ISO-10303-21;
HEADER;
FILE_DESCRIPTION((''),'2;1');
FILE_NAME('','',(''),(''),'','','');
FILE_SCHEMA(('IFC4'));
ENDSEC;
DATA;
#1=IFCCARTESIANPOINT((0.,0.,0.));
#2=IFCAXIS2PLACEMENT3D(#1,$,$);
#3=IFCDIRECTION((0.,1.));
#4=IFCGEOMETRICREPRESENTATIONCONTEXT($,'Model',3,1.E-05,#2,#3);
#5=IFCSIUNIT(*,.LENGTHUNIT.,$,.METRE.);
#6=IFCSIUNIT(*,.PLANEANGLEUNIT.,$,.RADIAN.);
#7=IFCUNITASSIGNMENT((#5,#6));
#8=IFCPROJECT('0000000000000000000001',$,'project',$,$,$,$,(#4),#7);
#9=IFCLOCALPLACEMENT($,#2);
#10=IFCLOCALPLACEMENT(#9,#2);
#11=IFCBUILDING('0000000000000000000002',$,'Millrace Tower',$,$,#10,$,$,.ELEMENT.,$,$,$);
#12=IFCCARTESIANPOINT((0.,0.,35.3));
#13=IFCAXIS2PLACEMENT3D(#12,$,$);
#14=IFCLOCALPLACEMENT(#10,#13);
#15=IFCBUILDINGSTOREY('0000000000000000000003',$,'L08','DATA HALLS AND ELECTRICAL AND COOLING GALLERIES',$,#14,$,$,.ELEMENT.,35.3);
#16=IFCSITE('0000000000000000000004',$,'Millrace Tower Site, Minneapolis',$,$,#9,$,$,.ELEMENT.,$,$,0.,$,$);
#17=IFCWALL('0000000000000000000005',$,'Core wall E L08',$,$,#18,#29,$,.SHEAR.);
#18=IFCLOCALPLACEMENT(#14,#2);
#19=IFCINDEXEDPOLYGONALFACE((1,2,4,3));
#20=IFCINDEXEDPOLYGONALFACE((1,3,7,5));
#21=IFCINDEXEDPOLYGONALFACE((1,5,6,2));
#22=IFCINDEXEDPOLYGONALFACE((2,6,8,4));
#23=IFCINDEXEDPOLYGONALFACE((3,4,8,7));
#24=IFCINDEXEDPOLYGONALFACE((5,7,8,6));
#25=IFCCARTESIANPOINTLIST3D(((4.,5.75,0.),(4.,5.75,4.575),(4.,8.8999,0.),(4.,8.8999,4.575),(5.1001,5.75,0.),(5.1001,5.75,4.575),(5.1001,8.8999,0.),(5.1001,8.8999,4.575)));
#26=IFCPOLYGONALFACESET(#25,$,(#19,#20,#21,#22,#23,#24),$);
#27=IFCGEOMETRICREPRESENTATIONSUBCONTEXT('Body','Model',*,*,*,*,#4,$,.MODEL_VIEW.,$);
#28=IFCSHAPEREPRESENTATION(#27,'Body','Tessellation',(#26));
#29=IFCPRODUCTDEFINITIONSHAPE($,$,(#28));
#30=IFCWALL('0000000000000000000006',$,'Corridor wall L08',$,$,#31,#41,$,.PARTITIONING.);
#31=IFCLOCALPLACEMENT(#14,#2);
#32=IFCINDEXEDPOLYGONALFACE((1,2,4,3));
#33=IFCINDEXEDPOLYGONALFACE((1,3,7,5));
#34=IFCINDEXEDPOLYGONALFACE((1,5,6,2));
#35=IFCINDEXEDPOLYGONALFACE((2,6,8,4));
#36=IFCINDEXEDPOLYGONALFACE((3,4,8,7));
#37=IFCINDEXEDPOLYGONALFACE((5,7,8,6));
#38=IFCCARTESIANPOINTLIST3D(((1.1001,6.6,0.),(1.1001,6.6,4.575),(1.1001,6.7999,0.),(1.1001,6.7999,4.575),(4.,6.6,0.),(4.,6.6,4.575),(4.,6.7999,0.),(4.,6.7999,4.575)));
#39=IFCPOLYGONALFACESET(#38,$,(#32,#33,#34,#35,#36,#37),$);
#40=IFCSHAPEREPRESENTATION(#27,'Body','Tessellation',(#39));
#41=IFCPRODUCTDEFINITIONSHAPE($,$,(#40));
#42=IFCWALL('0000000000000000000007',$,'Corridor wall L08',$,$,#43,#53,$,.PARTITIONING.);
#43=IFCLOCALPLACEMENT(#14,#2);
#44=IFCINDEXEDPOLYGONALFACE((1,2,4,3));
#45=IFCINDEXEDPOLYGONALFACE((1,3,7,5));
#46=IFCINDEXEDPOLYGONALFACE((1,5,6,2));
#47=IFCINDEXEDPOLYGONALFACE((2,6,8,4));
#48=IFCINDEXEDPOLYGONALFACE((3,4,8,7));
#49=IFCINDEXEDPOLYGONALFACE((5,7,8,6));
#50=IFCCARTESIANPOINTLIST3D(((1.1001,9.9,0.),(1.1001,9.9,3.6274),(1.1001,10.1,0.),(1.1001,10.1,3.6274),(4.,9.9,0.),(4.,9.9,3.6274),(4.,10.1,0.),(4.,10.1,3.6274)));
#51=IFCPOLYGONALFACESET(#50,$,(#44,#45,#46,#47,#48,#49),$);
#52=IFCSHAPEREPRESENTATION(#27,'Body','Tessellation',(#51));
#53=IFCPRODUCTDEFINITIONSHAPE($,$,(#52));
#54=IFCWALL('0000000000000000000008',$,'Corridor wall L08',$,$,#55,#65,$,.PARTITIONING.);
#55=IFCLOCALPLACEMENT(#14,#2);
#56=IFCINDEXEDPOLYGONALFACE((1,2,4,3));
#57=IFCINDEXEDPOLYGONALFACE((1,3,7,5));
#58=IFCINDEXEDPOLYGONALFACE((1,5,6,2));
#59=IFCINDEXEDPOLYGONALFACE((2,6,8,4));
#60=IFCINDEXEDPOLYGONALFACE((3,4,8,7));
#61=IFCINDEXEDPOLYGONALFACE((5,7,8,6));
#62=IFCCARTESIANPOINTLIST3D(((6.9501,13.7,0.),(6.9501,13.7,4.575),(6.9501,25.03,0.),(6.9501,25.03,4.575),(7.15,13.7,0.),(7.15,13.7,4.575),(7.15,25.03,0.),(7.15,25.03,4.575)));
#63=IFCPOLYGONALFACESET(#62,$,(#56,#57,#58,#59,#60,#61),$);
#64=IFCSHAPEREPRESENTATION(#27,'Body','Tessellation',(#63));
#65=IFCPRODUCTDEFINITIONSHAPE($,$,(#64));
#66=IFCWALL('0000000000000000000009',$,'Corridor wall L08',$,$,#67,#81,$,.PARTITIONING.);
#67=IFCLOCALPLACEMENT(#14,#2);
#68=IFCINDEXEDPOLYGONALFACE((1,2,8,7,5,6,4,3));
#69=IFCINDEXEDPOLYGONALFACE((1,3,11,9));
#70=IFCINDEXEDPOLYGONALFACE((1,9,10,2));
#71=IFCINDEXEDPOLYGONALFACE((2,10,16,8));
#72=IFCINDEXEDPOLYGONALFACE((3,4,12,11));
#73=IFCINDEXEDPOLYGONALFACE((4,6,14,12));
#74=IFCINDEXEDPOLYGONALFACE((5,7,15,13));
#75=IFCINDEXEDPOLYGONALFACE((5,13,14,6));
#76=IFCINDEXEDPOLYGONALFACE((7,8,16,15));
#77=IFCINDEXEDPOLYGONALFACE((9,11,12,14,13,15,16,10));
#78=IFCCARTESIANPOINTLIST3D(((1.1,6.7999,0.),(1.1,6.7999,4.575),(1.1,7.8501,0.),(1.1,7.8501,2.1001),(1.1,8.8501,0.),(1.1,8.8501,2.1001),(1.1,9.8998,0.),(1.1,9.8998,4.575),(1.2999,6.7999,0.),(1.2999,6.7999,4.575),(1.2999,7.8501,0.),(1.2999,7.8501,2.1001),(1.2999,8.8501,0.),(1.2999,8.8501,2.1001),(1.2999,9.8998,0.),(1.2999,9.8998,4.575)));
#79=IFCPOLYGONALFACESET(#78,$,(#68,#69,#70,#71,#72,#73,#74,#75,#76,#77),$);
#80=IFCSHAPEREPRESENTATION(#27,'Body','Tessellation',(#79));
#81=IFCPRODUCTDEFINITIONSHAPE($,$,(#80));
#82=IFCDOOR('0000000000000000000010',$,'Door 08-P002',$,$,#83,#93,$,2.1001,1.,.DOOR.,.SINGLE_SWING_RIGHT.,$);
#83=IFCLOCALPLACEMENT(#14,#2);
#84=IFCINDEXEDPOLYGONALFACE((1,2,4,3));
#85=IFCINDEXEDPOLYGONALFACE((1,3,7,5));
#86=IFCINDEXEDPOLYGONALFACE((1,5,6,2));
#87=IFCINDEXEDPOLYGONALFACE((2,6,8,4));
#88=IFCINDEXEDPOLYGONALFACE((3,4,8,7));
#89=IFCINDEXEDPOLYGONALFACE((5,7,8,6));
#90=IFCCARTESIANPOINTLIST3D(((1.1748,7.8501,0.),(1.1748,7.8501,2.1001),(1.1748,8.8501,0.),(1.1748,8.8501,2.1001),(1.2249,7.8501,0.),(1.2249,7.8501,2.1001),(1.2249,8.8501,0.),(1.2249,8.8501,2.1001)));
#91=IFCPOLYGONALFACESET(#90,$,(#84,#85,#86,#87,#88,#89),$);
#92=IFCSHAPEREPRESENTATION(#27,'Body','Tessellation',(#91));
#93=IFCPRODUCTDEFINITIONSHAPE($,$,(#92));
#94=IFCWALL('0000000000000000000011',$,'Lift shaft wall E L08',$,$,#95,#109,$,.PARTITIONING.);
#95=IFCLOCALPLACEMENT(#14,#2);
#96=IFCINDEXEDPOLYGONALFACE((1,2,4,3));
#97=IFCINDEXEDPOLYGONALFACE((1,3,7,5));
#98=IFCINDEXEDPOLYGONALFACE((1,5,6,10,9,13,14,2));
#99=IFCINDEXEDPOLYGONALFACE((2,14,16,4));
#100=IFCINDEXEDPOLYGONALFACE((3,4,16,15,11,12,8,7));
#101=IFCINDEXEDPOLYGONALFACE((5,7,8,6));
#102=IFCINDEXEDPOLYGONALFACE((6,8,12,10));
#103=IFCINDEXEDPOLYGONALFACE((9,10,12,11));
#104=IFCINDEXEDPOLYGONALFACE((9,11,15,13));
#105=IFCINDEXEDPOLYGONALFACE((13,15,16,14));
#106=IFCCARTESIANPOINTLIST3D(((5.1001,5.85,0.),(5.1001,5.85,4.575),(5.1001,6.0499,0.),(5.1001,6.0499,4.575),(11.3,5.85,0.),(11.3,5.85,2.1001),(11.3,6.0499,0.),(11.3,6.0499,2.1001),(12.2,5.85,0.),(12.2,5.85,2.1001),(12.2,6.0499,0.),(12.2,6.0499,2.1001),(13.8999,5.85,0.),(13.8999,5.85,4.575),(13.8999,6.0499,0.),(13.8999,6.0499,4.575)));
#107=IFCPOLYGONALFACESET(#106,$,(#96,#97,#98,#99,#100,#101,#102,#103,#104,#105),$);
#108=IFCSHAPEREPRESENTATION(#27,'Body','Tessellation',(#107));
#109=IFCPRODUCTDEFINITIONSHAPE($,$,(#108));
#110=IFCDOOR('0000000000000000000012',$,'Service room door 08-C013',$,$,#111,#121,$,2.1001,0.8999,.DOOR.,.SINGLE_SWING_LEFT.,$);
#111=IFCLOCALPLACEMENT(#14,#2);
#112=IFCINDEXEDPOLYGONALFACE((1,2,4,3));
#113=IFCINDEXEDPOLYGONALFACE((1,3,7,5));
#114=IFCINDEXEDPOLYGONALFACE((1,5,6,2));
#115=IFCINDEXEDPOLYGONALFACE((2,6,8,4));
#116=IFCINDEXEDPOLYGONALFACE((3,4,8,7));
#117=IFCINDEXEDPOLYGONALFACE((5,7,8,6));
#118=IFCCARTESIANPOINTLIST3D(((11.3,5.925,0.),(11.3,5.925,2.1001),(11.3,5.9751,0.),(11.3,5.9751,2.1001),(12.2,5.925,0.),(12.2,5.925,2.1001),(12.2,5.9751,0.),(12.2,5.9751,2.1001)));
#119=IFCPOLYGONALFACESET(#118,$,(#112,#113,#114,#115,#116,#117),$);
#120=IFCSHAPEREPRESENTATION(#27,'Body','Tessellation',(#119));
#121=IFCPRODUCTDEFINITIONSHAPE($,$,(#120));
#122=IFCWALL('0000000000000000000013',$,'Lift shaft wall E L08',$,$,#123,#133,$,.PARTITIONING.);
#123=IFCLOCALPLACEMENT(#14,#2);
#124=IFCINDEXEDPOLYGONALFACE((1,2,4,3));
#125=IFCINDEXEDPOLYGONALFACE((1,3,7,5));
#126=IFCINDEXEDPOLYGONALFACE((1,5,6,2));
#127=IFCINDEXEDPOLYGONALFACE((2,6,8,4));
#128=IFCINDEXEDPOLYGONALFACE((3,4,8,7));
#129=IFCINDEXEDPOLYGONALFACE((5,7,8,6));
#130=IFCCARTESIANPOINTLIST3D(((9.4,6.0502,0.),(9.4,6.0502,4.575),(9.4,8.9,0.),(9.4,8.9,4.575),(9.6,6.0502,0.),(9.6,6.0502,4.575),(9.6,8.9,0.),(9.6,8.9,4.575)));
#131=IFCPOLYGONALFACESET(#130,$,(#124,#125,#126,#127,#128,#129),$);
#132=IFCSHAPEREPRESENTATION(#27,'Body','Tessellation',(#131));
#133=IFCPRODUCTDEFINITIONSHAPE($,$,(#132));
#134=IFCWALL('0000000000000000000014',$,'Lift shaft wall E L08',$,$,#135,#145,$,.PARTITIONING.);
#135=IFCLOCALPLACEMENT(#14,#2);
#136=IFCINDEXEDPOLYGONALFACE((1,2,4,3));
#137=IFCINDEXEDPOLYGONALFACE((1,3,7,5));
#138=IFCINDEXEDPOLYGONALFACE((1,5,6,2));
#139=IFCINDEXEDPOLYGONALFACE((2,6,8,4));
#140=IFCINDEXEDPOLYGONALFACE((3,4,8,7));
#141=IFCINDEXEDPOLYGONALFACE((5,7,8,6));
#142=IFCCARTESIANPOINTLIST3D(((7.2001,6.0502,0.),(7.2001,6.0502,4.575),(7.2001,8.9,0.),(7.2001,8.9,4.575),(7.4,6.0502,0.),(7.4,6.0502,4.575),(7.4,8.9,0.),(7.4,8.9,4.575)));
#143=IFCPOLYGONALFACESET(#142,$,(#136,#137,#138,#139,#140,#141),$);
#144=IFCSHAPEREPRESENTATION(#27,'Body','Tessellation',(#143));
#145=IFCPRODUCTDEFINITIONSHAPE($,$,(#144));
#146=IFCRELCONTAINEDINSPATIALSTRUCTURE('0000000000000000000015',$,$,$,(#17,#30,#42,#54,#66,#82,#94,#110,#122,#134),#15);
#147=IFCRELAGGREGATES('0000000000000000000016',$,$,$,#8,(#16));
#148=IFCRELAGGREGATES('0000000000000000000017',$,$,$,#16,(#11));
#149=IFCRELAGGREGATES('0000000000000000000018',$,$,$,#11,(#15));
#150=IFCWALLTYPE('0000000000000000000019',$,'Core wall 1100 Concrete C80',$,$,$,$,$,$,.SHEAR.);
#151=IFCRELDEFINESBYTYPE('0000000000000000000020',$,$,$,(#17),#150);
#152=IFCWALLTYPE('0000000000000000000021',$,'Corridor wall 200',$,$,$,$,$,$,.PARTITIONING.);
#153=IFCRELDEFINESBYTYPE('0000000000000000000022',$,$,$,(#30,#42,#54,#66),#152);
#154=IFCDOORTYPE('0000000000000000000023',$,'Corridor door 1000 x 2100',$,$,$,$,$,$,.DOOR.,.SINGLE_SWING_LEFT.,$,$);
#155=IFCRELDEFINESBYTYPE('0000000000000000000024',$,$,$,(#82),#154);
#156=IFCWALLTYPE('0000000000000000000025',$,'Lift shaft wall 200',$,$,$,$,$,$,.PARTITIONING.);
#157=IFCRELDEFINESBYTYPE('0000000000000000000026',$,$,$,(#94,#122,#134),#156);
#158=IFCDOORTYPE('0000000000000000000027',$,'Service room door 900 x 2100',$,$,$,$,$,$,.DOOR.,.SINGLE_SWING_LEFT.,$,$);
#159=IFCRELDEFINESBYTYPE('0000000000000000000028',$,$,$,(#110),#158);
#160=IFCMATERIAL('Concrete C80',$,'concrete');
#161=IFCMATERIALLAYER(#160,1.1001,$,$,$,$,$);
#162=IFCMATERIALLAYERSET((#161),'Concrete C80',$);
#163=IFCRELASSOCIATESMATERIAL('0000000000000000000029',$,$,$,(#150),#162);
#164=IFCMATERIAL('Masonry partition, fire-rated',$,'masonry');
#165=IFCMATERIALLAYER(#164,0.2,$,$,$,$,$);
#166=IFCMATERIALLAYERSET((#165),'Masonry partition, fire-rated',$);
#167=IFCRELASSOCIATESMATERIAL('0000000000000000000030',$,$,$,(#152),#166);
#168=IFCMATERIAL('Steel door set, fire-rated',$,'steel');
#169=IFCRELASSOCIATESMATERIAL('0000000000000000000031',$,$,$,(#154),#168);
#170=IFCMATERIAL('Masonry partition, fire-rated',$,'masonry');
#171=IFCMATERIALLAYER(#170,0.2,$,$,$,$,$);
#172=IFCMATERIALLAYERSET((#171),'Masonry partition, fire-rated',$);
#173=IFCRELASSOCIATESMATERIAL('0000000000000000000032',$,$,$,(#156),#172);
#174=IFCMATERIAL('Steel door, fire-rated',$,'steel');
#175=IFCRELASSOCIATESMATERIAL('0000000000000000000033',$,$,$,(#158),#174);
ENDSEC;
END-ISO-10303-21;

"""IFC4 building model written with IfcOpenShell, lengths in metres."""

from ifc_helpers import new_model, si_unit, direction, frame, frame_2d, origin, place, context, subcontext, project, spatial, rectangle, extrude, material, layer, layer_set, type_object, element, fill, save


model = new_model("IFC4")

# Units and contexts
model_context = context("Model", 3, precision=1e-05, world=origin(), true_north=direction((0.0, 1.0)))
body_context = subcontext(model_context, "Body", "Model", "MODEL_VIEW")
ifc_project = project(units=[si_unit("LENGTHUNIT", "METRE"), si_unit("PLANEANGLEUNIT", "RADIAN")], contexts=[model_context])

# Site, building, storey
site_placement = place(None, origin())
site = spatial("IfcSite", under=ifc_project, at=site_placement, Name="Millrace Tower Site, Minneapolis", CompositionType="ELEMENT", RefElevation=0.0)
building_placement = place(site_placement, origin())
building = spatial("IfcBuilding", under=site, at=building_placement, Name="Millrace Tower", CompositionType="ELEMENT")
storey_placement = place(building_placement, frame((0.0, 0.0, 35.3)))
storey = spatial("IfcBuildingStorey", under=building, at=storey_placement, Name="L08", Description="DATA HALLS AND ELECTRICAL AND COOLING GALLERIES", CompositionType="ELEMENT", Elevation=35.3)

# Walls
ifc_material_1 = material(Name="Concrete C80", Category="concrete")
ifc_layer_1 = layer(ifc_material_1, 1.1001)
ifc_layer_set_1 = layer_set([ifc_layer_1], Name="Concrete C80")
wall_type_1 = type_object("IfcWallType", Name="Core wall 1100 Concrete C80", PredefinedType="SHEAR", material=ifc_layer_set_1)
wall_1_placement = place(storey_placement, frame((4.55, 8.8999, 0.0), z_axis=(0.0, 0.0, 1.0), x_axis=(0.0, -1.0, 0.0)))
element("IfcWall", 1, at=wall_1_placement, inside=storey, type_object=wall_type_1, Name="Core wall E L08", PredefinedType="SHEAR", context=body_context, shape_type="SweptSolid", body=[
    extrude(rectangle(XDim=3.1499, YDim=1.1001, at=frame_2d((1.575, 0.0))), origin(), (0.0, 0.0, 1.0), 4.575),
])
ifc_material_2 = material(Name="Masonry partition, fire-rated", Category="masonry")
ifc_layer_2 = layer(ifc_material_2, 0.2)
ifc_layer_set_2 = layer_set([ifc_layer_2], Name="Masonry partition, fire-rated")
wall_type_2 = type_object("IfcWallType", Name="Corridor wall 200", PredefinedType="PARTITIONING", material=ifc_layer_set_2)
wall_2_placement = place(storey_placement, frame((1.1001, 6.7, 0.0), z_axis=(0.0, 0.0, 1.0), x_axis=(1.0, 0.0, 0.0)))
element("IfcWall", 2, at=wall_2_placement, inside=storey, type_object=wall_type_2, Name="Corridor wall L08", PredefinedType="PARTITIONING", context=body_context, shape_type="SweptSolid", body=[
    extrude(rectangle(XDim=2.8999, YDim=0.2, at=frame_2d((1.45, 0.0))), origin(), (0.0, 0.0, 1.0), 4.575),
])
wall_3_placement = place(storey_placement, frame((1.1001, 10.0, 0.0), z_axis=(0.0, 0.0, 1.0), x_axis=(1.0, 0.0, 0.0)))
element("IfcWall", 3, at=wall_3_placement, inside=storey, type_object=wall_type_2, Name="Corridor wall L08", PredefinedType="PARTITIONING", context=body_context, shape_type="SweptSolid", body=[
    extrude(rectangle(XDim=2.8999, YDim=0.2, at=frame_2d((1.45, 0.0))), origin(), (0.0, 0.0, 1.0), 3.6274),
])
wall_4_placement = place(storey_placement, frame((7.05, 13.7, 0.0), z_axis=(0.0, 0.0, 1.0), x_axis=(0.0, 1.0, 0.0)))
element("IfcWall", 4, at=wall_4_placement, inside=storey, type_object=wall_type_2, Name="Corridor wall L08", PredefinedType="PARTITIONING", context=body_context, shape_type="SweptSolid", body=[
    extrude(rectangle(XDim=11.3301, YDim=0.2, at=frame_2d((5.665, 0.0))), origin(), (0.0, 0.0, 1.0), 4.575),
])

# Walls, openings, doors
wall_5_placement = place(storey_placement, frame((1.2, 6.8, 0.0), z_axis=(0.0, 0.0, 1.0), x_axis=(0.0, 1.0, 0.0)))
wall_5 = element("IfcWall", 5, at=wall_5_placement, inside=storey, type_object=wall_type_2, Name="Corridor wall L08", PredefinedType="PARTITIONING", context=body_context, shape_type="SweptSolid", body=[
    extrude(rectangle(XDim=3.0999, YDim=0.2, at=frame_2d((1.5498, 0.0))), origin(), (0.0, 0.0, 1.0), 4.575),
])
opening_1_placement = place(wall_5_placement, frame((1.05, 0.0, 0.0)))
opening_1 = element("IfcOpeningElement", 6, at=opening_1_placement, cuts=wall_5, PredefinedType="OPENING", context=body_context, shape_type="SweptSolid", body=[
    extrude(rectangle(XDim=1.0, YDim=2.1001, at=frame_2d((0.5, 1.05))), frame((0.0, 0.1099, 0.0), z_axis=(0.0, -1.0, 0.0), x_axis=(1.0, 0.0, 0.0)), (0.0, 0.0, 1.0), 0.22),
])
ifc_material_3 = material(Name="Steel door set, fire-rated", Category="steel")
door_type_1 = type_object("IfcDoorType", Name="Corridor door 1000 x 2100", OperationType="SINGLE_SWING_LEFT", PredefinedType="DOOR", material=ifc_material_3)
door_1_placement = place(opening_1_placement, frame((1.0, 0.0, 0.0), z_axis=(0.0, 0.0, 1.0), x_axis=(-1.0, 0.0, 0.0)))
door_1 = element("IfcDoor", 7, at=door_1_placement, inside=storey, type_object=door_type_1, Name="Door 08-P002", OperationType="SINGLE_SWING_RIGHT", OverallHeight=2.1001, OverallWidth=1.0, PredefinedType="DOOR", context=body_context, shape_type="SweptSolid", body=[
    extrude(rectangle(XDim=1.0, YDim=2.1001, at=frame_2d((0.5, 1.05))), frame((0.0, 0.0249, 0.0), z_axis=(0.0, -1.0, 0.0), x_axis=(1.0, 0.0, 0.0)), (0.0, 0.0, 1.0), 0.05),
])
fill(opening_1, door_1)
ifc_material_4 = material(Name="Masonry partition, fire-rated", Category="masonry")
ifc_layer_3 = layer(ifc_material_4, 0.2)
ifc_layer_set_3 = layer_set([ifc_layer_3], Name="Masonry partition, fire-rated")
wall_type_3 = type_object("IfcWallType", Name="Lift shaft wall 200", PredefinedType="PARTITIONING", material=ifc_layer_set_3)
wall_6_placement = place(storey_placement, frame((13.8999, 5.95, 0.0), z_axis=(0.0, 0.0, 1.0), x_axis=(-1.0, 0.0, 0.0)))
wall_6 = element("IfcWall", 8, at=wall_6_placement, inside=storey, type_object=wall_type_3, Name="Lift shaft wall E L08", PredefinedType="PARTITIONING", context=body_context, shape_type="SweptSolid", body=[
    extrude(rectangle(XDim=8.7998, YDim=0.2, at=frame_2d((4.3999, 0.0))), origin(), (0.0, 0.0, 1.0), 4.575),
])
opening_2_placement = place(wall_6_placement, frame((1.7, 0.0, 0.0)))
opening_2 = element("IfcOpeningElement", 9, at=opening_2_placement, cuts=wall_6, PredefinedType="OPENING", context=body_context, shape_type="SweptSolid", body=[
    extrude(rectangle(XDim=0.8999, YDim=2.1001, at=frame_2d((0.45, 1.05))), frame((0.0, 0.1099, 0.0), z_axis=(0.0, -1.0, 0.0), x_axis=(1.0, 0.0, 0.0)), (0.0, 0.0, 1.0), 0.22),
])
ifc_material_5 = material(Name="Steel door, fire-rated", Category="steel")
door_type_2 = type_object("IfcDoorType", Name="Service room door 900 x 2100", OperationType="SINGLE_SWING_LEFT", PredefinedType="DOOR", material=ifc_material_5)
door_2_placement = place(opening_2_placement, origin())
door_2 = element("IfcDoor", 10, at=door_2_placement, inside=storey, type_object=door_type_2, Name="Service room door 08-C013", OperationType="SINGLE_SWING_LEFT", OverallHeight=2.1001, OverallWidth=0.8999, PredefinedType="DOOR", context=body_context, shape_type="SweptSolid", body=[
    extrude(rectangle(XDim=0.8999, YDim=2.1001, at=frame_2d((0.45, 1.05))), frame((0.0, 0.0249, 0.0), z_axis=(0.0, -1.0, 0.0), x_axis=(1.0, 0.0, 0.0)), (0.0, 0.0, 1.0), 0.05),
])
fill(opening_2, door_2)

# Walls
for number, where, z_axis, x_axis, name in (
    (11, (9.5, 8.8999, 0.0), (0.0, 0.0, 1.0), (0.0, -1.0, 0.0), "Lift shaft wall E L08"),
    (12, (7.3, 8.8999, 0.0), (0.0, 0.0, 1.0), (0.0, -1.0, 0.0), "Lift shaft wall E L08"),
):
    element("IfcWall", number, at=place(storey_placement, frame(where, z_axis=z_axis, x_axis=x_axis)), inside=storey, type_object=wall_type_3, Name=name, PredefinedType="PARTITIONING", context=body_context, shape_type="SweptSolid", body=[
        extrude(rectangle(XDim=2.8499, YDim=0.2, at=frame_2d((1.4248, 0.0))), origin(), (0.0, 0.0, 1.0), 4.575),
    ])

save(model, "model.ifc")
